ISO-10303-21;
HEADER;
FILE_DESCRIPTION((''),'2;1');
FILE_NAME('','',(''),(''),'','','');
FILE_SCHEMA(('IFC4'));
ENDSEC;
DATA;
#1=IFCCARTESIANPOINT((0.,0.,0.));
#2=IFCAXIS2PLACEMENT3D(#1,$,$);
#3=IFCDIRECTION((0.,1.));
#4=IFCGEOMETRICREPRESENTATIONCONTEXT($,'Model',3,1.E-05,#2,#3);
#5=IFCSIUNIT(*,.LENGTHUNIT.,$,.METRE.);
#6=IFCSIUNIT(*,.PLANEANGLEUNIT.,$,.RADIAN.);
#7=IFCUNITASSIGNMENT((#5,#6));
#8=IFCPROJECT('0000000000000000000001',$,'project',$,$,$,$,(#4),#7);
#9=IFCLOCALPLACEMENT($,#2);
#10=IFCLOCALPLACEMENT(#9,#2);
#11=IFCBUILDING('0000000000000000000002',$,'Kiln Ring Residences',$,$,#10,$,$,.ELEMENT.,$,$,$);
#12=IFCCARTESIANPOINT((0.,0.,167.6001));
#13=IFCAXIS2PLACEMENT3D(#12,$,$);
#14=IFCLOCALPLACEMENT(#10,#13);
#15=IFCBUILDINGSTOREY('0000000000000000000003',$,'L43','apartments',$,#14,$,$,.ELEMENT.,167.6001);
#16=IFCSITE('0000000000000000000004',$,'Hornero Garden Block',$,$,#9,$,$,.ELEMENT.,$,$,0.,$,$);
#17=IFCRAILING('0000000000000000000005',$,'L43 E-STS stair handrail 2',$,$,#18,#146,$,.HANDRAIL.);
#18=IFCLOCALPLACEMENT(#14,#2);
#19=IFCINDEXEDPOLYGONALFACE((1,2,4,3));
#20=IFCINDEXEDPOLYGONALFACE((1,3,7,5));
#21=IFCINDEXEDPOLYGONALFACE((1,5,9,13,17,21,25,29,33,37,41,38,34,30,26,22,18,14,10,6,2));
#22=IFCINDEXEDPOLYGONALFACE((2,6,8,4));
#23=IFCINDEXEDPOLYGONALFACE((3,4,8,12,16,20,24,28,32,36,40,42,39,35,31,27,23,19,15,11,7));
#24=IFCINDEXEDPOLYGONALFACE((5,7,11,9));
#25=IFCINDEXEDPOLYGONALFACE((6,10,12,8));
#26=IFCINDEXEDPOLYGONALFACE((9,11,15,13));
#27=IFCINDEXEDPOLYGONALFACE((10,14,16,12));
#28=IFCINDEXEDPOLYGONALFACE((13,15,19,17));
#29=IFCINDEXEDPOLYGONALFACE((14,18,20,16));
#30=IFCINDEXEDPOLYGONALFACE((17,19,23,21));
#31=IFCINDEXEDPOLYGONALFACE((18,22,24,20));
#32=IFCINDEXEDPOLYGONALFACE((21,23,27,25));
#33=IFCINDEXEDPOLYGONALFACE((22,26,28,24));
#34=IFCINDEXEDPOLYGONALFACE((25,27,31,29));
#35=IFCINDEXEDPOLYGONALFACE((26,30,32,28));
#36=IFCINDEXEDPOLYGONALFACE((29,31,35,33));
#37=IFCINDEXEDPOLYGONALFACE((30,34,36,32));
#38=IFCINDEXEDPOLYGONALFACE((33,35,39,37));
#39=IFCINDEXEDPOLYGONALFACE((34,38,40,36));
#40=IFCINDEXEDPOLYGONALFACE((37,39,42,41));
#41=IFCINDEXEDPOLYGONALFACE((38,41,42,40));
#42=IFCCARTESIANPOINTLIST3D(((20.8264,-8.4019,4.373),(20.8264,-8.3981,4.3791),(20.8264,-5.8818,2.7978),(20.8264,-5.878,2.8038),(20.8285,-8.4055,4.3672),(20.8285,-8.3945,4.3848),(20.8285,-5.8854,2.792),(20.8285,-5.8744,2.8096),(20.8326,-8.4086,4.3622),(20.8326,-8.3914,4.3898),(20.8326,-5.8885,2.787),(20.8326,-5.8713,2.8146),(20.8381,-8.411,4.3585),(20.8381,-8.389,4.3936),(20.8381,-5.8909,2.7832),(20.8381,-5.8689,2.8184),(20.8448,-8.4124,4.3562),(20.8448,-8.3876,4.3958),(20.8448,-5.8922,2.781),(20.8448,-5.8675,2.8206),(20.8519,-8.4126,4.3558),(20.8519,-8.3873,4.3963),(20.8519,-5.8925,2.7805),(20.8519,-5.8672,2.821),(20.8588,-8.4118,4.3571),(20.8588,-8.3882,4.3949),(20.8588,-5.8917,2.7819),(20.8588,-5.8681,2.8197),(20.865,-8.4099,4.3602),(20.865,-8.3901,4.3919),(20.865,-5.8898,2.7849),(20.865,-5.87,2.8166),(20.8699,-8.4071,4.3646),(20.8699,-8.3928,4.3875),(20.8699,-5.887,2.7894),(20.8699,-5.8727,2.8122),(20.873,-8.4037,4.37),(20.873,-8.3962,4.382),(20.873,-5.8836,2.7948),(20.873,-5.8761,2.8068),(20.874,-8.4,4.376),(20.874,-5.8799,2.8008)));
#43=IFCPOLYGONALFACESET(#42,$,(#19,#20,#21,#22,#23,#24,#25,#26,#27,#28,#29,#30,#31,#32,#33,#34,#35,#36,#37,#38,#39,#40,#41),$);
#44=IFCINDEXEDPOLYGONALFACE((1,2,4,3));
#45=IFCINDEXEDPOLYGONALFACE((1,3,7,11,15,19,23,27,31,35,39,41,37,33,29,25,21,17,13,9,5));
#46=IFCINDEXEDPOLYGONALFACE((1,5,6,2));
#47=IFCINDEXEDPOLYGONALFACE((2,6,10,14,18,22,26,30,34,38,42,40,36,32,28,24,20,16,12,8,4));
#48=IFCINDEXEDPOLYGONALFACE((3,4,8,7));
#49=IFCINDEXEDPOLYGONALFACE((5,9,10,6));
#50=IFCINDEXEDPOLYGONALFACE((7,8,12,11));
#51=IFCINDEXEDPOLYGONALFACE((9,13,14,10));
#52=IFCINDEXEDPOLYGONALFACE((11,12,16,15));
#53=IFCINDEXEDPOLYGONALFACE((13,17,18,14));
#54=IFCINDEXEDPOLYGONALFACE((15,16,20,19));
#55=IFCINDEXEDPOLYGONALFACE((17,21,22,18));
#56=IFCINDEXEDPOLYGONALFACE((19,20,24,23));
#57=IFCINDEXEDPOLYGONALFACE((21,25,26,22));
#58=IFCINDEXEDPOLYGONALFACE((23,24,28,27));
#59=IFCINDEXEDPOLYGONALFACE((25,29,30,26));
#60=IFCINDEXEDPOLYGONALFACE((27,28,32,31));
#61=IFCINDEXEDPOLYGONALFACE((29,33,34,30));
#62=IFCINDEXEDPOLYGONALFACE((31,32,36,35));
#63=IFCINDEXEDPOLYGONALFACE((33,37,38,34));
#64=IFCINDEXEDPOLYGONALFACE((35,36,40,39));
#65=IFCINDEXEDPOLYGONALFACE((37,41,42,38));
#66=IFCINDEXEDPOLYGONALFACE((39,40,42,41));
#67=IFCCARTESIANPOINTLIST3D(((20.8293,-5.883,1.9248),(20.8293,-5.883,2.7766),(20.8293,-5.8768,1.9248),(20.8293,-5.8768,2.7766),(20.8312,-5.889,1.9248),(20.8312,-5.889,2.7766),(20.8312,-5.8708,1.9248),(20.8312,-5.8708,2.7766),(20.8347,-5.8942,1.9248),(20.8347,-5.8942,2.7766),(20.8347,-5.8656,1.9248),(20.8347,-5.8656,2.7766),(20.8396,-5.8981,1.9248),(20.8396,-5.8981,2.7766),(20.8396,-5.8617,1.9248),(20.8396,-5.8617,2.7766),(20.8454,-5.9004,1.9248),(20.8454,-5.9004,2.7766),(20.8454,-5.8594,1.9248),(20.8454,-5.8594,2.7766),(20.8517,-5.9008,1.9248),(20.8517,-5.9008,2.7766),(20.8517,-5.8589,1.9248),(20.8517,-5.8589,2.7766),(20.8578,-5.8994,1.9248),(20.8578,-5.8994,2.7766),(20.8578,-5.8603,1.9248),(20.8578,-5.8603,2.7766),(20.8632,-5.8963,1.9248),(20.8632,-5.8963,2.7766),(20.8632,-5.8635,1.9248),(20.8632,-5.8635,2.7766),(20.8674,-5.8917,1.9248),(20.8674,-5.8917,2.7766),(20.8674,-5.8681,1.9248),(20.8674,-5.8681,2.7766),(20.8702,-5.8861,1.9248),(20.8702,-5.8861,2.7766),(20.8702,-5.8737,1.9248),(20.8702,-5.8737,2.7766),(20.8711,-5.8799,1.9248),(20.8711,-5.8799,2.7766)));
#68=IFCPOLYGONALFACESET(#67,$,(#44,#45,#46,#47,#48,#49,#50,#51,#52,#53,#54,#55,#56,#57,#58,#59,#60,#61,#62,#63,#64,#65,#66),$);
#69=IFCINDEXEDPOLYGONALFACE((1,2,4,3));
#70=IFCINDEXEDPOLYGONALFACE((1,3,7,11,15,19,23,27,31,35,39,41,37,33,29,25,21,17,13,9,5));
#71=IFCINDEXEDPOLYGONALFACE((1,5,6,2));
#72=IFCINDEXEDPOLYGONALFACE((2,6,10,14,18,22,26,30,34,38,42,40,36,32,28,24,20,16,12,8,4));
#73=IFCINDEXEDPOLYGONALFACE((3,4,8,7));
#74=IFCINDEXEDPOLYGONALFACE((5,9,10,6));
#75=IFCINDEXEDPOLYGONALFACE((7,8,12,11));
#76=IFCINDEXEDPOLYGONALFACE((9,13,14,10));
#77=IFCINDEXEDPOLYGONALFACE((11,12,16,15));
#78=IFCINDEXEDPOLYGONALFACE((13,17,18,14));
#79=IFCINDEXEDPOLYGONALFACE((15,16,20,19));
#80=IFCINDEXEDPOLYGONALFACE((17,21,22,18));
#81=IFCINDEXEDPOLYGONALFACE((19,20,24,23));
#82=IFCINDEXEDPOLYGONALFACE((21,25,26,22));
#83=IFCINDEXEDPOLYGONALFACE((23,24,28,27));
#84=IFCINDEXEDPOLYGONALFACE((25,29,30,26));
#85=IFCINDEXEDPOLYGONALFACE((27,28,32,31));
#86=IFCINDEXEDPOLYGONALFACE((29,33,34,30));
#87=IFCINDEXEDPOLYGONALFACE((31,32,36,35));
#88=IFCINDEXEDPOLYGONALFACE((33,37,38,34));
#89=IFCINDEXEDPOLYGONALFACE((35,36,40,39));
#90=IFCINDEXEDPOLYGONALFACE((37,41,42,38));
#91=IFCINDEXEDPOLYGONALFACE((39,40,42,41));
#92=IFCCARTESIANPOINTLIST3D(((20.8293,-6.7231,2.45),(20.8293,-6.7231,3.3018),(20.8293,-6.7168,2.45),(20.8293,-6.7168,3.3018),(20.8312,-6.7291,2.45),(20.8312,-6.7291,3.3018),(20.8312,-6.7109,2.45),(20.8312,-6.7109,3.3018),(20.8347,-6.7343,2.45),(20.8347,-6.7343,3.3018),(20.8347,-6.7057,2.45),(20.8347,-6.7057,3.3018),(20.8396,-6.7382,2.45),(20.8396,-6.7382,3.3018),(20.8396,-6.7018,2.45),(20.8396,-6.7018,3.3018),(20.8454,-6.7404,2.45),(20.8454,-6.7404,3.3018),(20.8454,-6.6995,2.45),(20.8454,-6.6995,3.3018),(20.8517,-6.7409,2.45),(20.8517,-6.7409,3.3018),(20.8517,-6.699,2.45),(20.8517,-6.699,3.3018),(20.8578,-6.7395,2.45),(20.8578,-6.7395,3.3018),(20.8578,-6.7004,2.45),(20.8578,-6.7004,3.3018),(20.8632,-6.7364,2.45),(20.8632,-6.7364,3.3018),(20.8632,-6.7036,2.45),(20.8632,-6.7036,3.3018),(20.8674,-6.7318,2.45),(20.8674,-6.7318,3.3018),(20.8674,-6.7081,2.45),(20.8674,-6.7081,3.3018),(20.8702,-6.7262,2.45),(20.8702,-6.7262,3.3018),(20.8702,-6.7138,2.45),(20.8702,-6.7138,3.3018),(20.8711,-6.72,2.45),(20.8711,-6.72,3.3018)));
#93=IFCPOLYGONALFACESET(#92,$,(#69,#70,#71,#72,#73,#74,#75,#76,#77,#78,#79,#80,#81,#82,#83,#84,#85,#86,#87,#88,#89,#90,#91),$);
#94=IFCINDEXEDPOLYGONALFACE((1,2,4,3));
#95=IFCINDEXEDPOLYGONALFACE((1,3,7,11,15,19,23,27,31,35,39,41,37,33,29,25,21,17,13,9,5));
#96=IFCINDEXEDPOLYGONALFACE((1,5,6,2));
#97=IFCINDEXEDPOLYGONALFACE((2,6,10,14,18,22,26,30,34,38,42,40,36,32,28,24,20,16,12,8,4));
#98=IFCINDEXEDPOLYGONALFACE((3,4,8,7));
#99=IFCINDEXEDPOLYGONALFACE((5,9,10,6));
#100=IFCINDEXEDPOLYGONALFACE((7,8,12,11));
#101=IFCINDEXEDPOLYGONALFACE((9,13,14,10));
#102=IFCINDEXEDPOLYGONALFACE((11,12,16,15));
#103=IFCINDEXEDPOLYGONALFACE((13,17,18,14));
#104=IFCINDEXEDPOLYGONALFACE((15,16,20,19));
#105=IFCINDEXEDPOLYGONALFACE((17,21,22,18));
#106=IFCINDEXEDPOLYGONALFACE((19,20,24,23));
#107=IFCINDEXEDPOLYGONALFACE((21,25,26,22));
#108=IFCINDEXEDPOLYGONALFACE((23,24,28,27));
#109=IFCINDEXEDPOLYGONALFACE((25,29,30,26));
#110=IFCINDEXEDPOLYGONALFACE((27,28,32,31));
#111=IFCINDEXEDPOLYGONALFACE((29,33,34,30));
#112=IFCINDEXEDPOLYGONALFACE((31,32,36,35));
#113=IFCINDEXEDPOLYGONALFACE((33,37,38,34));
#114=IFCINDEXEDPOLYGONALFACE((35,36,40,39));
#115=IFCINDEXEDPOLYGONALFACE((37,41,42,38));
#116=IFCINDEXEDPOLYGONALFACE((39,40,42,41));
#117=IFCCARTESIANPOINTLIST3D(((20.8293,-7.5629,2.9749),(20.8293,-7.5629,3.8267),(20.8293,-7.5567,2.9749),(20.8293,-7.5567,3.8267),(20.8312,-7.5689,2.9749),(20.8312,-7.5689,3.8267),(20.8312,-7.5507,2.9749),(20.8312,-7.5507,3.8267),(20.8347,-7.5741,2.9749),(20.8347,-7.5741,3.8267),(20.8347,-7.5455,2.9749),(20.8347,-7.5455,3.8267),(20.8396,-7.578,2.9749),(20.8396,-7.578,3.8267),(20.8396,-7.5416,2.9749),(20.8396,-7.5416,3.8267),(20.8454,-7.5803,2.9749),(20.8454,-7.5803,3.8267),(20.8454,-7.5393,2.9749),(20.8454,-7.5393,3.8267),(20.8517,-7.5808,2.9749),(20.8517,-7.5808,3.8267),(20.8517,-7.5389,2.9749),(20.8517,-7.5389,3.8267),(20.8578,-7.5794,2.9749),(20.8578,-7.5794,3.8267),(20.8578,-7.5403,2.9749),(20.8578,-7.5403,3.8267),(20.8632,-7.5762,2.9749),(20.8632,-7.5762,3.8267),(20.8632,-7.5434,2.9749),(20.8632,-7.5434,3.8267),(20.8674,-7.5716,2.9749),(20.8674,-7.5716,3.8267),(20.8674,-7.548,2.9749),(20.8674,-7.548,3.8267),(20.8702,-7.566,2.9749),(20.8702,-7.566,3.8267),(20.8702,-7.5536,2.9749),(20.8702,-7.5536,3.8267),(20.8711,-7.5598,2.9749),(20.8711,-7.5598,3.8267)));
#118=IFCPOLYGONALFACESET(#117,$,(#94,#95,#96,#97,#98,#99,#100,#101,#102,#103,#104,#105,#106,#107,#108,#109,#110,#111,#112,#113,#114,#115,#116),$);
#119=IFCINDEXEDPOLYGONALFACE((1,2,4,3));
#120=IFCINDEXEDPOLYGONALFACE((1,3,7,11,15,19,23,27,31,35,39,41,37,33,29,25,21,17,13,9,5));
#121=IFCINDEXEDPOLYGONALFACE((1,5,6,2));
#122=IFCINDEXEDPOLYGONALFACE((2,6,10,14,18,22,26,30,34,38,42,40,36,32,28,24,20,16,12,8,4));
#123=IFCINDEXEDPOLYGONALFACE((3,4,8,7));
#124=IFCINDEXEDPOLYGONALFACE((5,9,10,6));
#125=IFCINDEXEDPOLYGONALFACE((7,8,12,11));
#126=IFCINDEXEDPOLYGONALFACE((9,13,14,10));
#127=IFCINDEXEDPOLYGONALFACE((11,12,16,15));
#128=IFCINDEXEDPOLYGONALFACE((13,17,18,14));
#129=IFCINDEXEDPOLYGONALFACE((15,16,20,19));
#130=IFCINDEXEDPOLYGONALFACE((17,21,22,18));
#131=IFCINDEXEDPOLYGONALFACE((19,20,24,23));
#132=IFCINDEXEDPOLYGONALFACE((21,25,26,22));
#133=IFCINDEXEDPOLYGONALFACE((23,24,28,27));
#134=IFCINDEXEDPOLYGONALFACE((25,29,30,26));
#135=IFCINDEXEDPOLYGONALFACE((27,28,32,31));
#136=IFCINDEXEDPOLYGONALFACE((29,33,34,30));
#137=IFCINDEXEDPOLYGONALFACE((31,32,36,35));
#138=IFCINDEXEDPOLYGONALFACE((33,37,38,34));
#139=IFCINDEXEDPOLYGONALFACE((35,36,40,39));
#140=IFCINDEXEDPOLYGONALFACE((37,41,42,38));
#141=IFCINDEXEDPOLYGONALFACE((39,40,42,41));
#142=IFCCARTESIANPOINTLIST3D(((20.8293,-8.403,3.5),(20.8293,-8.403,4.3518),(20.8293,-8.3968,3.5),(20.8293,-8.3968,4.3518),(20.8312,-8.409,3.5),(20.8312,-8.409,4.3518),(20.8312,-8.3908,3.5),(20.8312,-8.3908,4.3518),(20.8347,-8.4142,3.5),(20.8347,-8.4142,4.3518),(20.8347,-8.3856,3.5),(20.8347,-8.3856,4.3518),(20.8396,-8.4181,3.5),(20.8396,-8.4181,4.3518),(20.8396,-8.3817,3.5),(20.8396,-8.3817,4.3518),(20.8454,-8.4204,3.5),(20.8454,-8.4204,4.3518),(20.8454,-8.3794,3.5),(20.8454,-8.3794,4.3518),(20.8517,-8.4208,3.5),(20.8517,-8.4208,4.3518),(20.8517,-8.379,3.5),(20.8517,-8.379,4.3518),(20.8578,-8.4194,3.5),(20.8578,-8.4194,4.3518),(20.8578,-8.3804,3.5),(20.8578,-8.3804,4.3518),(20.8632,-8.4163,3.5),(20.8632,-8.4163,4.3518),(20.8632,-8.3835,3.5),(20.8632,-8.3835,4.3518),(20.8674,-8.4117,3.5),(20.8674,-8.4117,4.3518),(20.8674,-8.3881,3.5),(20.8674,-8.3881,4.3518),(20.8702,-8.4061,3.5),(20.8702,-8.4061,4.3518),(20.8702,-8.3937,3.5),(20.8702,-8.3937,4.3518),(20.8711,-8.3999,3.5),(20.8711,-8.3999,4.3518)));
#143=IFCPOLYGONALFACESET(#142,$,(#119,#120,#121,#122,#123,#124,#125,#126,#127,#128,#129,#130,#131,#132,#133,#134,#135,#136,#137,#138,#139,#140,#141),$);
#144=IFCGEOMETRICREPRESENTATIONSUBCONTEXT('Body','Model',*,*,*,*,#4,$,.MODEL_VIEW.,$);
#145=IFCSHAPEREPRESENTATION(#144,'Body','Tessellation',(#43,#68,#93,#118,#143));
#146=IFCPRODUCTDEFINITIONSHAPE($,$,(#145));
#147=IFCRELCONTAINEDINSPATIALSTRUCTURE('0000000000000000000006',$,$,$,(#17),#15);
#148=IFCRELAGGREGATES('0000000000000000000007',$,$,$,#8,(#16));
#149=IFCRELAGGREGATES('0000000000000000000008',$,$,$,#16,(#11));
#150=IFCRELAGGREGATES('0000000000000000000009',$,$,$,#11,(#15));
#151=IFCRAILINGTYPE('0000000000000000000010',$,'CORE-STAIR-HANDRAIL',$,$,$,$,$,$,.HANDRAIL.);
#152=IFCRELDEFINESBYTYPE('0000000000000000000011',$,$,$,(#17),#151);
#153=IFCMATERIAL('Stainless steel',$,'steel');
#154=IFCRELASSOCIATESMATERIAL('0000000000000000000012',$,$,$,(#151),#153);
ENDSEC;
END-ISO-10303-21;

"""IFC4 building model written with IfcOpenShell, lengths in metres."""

from ifc_helpers import new_model, si_unit, direction, frame, origin, origin_2d, place, context, subcontext, project, spatial, circle, extrude, material, type_object, element, save


model = new_model("IFC4")

# Units and contexts
model_context = context("Model", 3, precision=1e-05, world=origin(), true_north=direction((0.0, 1.0)))
body_context = subcontext(model_context, "Body", "Model", "MODEL_VIEW")
ifc_project = project(units=[si_unit("LENGTHUNIT", "METRE"), si_unit("PLANEANGLEUNIT", "RADIAN")], contexts=[model_context])

# Site, building, storey
site_placement = place(None, origin())
site = spatial("IfcSite", under=ifc_project, at=site_placement, Name="Hornero Garden Block", CompositionType="ELEMENT", RefElevation=0.0)
building_placement = place(site_placement, origin())
building = spatial("IfcBuilding", under=site, at=building_placement, Name="Kiln Ring Residences", CompositionType="ELEMENT")
storey_placement = place(building_placement, frame((0.0, 0.0, 167.6001)))
storey = spatial("IfcBuildingStorey", under=building, at=storey_placement, Name="L43", Description="apartments", CompositionType="ELEMENT", Elevation=167.6001)

# Railing
ifc_material_1 = material(Name="Stainless steel", Category="steel")
railing_type_1 = type_object("IfcRailingType", Name="CORE-STAIR-HANDRAIL", PredefinedType="HANDRAIL", material=ifc_material_1)
railing_1_placement = place(storey_placement, frame((20.8501, -5.8799, 1.9248)))
element("IfcRailing", 1, at=railing_1_placement, inside=storey, type_object=railing_type_1, Name="L43 E-STS stair handrail 2", PredefinedType="HANDRAIL", context=body_context, shape_type="SweptSolid", body=[
    extrude(circle(Radius=0.0239, at=origin_2d()), frame((0.0, 0.0, 0.876), z_axis=(0.0, -0.847971, 0.530043), x_axis=(1.0, 0.0, 0.0)), (0.0, 0.0, 1.0), 2.9719),
    extrude(circle(Radius=0.021, at=origin_2d()), origin(), (0.0, 0.0, 1.0), 0.8518),
    extrude(circle(Radius=0.021, at=origin_2d()), frame((0.0, -0.8401, 0.5251)), (0.0, 0.0, 1.0), 0.8518),
    extrude(circle(Radius=0.021, at=origin_2d()), frame((0.0, -1.6799, 1.05)), (0.0, 0.0, 1.0), 0.8518),
    extrude(circle(Radius=0.021, at=origin_2d()), frame((0.0, -2.52, 1.5752)), (0.0, 0.0, 1.0), 0.8518),
])

save(model, "model.ifc")
